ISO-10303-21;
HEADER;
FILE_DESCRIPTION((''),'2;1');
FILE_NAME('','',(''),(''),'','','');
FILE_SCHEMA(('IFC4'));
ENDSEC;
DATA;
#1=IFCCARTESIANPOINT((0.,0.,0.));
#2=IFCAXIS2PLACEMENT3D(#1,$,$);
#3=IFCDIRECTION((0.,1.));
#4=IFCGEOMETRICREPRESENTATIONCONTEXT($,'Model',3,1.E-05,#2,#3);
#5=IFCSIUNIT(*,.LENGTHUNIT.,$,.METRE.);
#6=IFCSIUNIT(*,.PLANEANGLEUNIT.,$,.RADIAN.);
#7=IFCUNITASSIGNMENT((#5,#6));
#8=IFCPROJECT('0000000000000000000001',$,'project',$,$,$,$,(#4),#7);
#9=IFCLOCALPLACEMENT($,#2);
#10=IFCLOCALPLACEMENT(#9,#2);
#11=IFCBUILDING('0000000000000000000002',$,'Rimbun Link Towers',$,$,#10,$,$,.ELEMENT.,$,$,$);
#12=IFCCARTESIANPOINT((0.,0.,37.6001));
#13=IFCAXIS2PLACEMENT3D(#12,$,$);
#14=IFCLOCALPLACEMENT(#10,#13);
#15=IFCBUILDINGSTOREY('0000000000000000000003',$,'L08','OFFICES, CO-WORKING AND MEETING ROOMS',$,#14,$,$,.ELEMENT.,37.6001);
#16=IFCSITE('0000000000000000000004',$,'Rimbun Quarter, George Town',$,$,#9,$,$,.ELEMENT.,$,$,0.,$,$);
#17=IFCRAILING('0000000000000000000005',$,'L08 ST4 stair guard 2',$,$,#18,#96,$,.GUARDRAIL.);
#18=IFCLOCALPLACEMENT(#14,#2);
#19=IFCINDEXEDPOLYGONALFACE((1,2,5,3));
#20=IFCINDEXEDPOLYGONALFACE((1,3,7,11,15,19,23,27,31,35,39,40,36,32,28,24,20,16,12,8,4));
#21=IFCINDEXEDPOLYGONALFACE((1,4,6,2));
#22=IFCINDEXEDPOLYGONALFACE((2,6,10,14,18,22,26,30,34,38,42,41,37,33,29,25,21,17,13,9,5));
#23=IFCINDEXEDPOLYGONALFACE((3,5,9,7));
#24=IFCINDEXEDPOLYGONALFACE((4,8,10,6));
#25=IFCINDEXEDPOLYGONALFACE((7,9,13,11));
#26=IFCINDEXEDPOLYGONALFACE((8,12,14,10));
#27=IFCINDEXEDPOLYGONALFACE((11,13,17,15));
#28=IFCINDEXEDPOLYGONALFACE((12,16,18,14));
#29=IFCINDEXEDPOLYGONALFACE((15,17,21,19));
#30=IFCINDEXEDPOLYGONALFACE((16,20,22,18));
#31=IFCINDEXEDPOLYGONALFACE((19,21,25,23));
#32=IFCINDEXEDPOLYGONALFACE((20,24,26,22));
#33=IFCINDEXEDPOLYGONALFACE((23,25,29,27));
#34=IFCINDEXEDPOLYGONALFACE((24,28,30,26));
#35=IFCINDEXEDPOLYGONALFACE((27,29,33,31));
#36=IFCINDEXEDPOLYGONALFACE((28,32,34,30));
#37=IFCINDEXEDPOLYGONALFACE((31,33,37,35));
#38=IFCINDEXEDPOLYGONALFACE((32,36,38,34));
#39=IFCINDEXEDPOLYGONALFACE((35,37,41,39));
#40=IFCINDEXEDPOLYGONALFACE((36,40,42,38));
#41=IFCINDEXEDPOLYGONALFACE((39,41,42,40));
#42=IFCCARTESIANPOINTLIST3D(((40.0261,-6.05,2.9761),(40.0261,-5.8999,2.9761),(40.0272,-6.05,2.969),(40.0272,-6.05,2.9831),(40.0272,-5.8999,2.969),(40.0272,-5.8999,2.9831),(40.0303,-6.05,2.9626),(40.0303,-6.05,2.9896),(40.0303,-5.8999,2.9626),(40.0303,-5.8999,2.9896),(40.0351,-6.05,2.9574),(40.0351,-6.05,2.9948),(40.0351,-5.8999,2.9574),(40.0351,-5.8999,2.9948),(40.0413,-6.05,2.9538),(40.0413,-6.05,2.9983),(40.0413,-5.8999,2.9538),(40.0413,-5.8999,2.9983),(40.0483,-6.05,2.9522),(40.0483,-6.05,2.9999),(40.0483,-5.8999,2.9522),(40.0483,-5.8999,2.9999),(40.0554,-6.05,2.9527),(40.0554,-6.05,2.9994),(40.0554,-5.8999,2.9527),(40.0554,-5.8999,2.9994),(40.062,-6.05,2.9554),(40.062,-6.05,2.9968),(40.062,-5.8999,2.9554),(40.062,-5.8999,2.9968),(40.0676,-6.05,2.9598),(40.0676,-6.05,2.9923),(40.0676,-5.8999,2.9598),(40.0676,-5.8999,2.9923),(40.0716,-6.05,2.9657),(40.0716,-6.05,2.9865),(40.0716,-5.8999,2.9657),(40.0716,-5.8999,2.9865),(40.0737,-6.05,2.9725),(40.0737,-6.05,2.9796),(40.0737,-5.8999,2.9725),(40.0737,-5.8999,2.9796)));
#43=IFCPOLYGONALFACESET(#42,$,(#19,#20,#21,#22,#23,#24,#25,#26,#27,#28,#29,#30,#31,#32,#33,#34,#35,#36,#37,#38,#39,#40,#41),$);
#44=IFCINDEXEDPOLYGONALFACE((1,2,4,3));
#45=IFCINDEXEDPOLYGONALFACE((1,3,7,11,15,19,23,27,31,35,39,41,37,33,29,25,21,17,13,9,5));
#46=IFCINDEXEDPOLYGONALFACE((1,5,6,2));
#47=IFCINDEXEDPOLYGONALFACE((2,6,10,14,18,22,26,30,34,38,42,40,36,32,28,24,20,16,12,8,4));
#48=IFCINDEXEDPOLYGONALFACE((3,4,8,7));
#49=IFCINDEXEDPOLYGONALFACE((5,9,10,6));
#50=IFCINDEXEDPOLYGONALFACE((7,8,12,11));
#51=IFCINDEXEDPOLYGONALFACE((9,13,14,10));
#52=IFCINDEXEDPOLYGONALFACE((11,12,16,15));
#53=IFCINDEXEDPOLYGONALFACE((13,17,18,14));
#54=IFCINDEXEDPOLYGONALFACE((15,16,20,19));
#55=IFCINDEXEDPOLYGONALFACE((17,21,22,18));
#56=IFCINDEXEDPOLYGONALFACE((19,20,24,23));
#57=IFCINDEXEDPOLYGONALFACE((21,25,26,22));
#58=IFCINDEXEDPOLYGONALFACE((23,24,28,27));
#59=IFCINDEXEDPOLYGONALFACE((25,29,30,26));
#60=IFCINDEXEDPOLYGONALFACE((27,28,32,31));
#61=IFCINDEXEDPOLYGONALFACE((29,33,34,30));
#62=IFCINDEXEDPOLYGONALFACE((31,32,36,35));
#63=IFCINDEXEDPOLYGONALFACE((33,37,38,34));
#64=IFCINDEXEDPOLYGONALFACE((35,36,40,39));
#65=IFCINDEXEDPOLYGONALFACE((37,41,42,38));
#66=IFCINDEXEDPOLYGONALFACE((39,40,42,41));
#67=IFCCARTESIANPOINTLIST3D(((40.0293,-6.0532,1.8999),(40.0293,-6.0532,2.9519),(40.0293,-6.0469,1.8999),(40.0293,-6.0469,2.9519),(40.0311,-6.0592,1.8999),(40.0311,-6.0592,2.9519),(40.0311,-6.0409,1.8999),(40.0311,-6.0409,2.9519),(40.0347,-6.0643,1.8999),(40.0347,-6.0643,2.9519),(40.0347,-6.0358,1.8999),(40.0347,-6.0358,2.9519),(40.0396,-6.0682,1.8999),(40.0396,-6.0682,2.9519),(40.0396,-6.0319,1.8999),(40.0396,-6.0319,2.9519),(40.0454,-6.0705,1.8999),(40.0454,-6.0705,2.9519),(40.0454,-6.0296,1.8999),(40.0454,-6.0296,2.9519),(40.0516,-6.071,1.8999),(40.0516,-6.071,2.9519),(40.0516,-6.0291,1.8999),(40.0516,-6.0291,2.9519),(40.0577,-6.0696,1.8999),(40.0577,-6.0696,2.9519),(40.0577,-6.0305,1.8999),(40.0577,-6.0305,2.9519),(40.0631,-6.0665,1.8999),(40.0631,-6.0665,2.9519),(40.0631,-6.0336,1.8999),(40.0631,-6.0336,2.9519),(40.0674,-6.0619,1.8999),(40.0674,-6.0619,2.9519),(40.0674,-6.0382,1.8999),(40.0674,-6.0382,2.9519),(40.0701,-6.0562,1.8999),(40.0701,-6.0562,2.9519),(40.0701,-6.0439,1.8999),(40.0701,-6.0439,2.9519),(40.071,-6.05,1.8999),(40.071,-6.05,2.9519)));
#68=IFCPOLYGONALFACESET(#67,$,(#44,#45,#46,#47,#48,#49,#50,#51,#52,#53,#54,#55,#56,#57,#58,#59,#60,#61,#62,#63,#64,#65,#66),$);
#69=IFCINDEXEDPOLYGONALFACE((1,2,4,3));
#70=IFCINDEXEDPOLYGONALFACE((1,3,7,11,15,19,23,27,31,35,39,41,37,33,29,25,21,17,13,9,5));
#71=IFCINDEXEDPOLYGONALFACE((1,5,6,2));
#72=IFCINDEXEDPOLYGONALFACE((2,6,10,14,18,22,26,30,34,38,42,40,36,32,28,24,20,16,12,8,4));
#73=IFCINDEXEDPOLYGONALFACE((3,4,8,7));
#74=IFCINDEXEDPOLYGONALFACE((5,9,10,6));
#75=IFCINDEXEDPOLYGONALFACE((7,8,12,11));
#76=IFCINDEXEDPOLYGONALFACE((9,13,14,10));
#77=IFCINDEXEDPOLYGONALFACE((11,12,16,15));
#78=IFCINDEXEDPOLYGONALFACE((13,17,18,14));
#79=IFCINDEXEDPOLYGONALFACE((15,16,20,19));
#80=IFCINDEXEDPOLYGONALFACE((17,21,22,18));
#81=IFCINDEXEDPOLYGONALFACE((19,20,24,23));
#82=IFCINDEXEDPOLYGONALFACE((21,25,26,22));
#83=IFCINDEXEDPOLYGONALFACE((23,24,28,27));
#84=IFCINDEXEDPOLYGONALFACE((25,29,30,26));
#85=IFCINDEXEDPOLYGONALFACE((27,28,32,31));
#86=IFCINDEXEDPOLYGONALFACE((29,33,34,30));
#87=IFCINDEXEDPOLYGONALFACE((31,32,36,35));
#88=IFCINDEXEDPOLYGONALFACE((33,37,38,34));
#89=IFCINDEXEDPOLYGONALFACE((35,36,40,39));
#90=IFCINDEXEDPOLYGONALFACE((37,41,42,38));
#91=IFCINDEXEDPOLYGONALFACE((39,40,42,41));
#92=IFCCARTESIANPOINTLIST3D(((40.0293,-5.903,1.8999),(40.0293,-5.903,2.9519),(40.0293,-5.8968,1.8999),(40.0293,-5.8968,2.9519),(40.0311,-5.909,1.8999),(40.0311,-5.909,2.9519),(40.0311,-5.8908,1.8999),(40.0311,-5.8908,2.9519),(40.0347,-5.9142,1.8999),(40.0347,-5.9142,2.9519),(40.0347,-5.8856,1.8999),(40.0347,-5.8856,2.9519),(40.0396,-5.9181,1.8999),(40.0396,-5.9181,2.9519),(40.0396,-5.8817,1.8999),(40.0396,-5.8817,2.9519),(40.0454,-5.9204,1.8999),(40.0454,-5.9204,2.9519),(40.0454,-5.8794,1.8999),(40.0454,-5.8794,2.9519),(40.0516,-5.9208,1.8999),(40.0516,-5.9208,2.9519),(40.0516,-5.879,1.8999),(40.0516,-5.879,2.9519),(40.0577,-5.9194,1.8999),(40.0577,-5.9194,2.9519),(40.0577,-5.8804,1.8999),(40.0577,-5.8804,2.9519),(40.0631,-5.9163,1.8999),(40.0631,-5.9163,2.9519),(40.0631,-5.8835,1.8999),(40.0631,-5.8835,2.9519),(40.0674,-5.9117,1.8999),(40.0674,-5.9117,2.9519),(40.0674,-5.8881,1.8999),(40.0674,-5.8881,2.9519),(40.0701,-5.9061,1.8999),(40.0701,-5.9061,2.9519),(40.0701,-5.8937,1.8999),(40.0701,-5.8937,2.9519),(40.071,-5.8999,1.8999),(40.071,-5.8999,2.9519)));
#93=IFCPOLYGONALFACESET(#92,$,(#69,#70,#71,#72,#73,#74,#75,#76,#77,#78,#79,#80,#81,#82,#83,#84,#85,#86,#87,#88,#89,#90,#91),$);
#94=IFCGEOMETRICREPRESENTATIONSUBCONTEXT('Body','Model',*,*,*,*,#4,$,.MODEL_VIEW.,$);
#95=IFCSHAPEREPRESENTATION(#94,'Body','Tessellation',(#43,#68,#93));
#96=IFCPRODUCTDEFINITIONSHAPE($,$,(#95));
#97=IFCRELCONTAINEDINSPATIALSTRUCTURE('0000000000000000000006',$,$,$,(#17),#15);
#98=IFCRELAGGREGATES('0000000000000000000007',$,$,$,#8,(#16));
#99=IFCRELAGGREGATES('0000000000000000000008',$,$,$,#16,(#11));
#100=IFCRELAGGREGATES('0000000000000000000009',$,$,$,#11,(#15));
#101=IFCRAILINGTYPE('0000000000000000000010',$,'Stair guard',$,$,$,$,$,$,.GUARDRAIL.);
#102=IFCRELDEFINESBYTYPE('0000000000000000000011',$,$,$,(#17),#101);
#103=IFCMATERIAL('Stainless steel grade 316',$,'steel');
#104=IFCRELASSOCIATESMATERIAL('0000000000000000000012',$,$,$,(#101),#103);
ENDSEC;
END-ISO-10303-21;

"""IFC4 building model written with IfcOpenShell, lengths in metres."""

from ifc_helpers import new_model, si_unit, direction, frame, origin, origin_2d, place, context, subcontext, project, spatial, circle, extrude, material, type_object, element, save


model = new_model("IFC4")

# Units and contexts
model_context = context("Model", 3, precision=1e-05, world=origin(), true_north=direction((0.0, 1.0)))
body_context = subcontext(model_context, "Body", "Model", "MODEL_VIEW")
ifc_project = project(units=[si_unit("LENGTHUNIT", "METRE"), si_unit("PLANEANGLEUNIT", "RADIAN")], contexts=[model_context])

# Site, building, storey
site_placement = place(None, origin())
site = spatial("IfcSite", under=ifc_project, at=site_placement, Name="Rimbun Quarter, George Town", CompositionType="ELEMENT", RefElevation=0.0)
building_placement = place(site_placement, origin())
building = spatial("IfcBuilding", under=site, at=building_placement, Name="Rimbun Link Towers", CompositionType="ELEMENT")
storey_placement = place(building_placement, frame((0.0, 0.0, 37.6001)))
storey = spatial("IfcBuildingStorey", under=building, at=storey_placement, Name="L08", Description="OFFICES, CO-WORKING AND MEETING ROOMS", CompositionType="ELEMENT", Elevation=37.6001)

# Railing
ifc_material_1 = material(Name="Stainless steel grade 316", Category="steel")
railing_type_1 = type_object("IfcRailingType", Name="Stair guard", PredefinedType="GUARDRAIL", material=ifc_material_1)
railing_1_placement = place(storey_placement, frame((40.05, -6.05, 1.8999)))
element("IfcRailing", 1, at=railing_1_placement, inside=storey, type_object=railing_type_1, Name="L08 ST4 stair guard 2", PredefinedType="GUARDRAIL", context=body_context, shape_type="SweptSolid", body=[
    extrude(circle(Radius=0.0239, at=origin_2d()), frame((0.0, 0.0, 1.0762), z_axis=(0.0, 1.0, 0.0), x_axis=(-1.0, 0.0, 0.0)), (0.0, 0.0, 1.0), 0.1501),
    extrude(circle(Radius=0.021, at=origin_2d()), origin(), (0.0, 0.0, 1.0), 1.052),
    extrude(circle(Radius=0.021, at=origin_2d()), frame((0.0, 0.1501, 0.0)), (0.0, 0.0, 1.0), 1.052),
])

save(model, "model.ifc")
